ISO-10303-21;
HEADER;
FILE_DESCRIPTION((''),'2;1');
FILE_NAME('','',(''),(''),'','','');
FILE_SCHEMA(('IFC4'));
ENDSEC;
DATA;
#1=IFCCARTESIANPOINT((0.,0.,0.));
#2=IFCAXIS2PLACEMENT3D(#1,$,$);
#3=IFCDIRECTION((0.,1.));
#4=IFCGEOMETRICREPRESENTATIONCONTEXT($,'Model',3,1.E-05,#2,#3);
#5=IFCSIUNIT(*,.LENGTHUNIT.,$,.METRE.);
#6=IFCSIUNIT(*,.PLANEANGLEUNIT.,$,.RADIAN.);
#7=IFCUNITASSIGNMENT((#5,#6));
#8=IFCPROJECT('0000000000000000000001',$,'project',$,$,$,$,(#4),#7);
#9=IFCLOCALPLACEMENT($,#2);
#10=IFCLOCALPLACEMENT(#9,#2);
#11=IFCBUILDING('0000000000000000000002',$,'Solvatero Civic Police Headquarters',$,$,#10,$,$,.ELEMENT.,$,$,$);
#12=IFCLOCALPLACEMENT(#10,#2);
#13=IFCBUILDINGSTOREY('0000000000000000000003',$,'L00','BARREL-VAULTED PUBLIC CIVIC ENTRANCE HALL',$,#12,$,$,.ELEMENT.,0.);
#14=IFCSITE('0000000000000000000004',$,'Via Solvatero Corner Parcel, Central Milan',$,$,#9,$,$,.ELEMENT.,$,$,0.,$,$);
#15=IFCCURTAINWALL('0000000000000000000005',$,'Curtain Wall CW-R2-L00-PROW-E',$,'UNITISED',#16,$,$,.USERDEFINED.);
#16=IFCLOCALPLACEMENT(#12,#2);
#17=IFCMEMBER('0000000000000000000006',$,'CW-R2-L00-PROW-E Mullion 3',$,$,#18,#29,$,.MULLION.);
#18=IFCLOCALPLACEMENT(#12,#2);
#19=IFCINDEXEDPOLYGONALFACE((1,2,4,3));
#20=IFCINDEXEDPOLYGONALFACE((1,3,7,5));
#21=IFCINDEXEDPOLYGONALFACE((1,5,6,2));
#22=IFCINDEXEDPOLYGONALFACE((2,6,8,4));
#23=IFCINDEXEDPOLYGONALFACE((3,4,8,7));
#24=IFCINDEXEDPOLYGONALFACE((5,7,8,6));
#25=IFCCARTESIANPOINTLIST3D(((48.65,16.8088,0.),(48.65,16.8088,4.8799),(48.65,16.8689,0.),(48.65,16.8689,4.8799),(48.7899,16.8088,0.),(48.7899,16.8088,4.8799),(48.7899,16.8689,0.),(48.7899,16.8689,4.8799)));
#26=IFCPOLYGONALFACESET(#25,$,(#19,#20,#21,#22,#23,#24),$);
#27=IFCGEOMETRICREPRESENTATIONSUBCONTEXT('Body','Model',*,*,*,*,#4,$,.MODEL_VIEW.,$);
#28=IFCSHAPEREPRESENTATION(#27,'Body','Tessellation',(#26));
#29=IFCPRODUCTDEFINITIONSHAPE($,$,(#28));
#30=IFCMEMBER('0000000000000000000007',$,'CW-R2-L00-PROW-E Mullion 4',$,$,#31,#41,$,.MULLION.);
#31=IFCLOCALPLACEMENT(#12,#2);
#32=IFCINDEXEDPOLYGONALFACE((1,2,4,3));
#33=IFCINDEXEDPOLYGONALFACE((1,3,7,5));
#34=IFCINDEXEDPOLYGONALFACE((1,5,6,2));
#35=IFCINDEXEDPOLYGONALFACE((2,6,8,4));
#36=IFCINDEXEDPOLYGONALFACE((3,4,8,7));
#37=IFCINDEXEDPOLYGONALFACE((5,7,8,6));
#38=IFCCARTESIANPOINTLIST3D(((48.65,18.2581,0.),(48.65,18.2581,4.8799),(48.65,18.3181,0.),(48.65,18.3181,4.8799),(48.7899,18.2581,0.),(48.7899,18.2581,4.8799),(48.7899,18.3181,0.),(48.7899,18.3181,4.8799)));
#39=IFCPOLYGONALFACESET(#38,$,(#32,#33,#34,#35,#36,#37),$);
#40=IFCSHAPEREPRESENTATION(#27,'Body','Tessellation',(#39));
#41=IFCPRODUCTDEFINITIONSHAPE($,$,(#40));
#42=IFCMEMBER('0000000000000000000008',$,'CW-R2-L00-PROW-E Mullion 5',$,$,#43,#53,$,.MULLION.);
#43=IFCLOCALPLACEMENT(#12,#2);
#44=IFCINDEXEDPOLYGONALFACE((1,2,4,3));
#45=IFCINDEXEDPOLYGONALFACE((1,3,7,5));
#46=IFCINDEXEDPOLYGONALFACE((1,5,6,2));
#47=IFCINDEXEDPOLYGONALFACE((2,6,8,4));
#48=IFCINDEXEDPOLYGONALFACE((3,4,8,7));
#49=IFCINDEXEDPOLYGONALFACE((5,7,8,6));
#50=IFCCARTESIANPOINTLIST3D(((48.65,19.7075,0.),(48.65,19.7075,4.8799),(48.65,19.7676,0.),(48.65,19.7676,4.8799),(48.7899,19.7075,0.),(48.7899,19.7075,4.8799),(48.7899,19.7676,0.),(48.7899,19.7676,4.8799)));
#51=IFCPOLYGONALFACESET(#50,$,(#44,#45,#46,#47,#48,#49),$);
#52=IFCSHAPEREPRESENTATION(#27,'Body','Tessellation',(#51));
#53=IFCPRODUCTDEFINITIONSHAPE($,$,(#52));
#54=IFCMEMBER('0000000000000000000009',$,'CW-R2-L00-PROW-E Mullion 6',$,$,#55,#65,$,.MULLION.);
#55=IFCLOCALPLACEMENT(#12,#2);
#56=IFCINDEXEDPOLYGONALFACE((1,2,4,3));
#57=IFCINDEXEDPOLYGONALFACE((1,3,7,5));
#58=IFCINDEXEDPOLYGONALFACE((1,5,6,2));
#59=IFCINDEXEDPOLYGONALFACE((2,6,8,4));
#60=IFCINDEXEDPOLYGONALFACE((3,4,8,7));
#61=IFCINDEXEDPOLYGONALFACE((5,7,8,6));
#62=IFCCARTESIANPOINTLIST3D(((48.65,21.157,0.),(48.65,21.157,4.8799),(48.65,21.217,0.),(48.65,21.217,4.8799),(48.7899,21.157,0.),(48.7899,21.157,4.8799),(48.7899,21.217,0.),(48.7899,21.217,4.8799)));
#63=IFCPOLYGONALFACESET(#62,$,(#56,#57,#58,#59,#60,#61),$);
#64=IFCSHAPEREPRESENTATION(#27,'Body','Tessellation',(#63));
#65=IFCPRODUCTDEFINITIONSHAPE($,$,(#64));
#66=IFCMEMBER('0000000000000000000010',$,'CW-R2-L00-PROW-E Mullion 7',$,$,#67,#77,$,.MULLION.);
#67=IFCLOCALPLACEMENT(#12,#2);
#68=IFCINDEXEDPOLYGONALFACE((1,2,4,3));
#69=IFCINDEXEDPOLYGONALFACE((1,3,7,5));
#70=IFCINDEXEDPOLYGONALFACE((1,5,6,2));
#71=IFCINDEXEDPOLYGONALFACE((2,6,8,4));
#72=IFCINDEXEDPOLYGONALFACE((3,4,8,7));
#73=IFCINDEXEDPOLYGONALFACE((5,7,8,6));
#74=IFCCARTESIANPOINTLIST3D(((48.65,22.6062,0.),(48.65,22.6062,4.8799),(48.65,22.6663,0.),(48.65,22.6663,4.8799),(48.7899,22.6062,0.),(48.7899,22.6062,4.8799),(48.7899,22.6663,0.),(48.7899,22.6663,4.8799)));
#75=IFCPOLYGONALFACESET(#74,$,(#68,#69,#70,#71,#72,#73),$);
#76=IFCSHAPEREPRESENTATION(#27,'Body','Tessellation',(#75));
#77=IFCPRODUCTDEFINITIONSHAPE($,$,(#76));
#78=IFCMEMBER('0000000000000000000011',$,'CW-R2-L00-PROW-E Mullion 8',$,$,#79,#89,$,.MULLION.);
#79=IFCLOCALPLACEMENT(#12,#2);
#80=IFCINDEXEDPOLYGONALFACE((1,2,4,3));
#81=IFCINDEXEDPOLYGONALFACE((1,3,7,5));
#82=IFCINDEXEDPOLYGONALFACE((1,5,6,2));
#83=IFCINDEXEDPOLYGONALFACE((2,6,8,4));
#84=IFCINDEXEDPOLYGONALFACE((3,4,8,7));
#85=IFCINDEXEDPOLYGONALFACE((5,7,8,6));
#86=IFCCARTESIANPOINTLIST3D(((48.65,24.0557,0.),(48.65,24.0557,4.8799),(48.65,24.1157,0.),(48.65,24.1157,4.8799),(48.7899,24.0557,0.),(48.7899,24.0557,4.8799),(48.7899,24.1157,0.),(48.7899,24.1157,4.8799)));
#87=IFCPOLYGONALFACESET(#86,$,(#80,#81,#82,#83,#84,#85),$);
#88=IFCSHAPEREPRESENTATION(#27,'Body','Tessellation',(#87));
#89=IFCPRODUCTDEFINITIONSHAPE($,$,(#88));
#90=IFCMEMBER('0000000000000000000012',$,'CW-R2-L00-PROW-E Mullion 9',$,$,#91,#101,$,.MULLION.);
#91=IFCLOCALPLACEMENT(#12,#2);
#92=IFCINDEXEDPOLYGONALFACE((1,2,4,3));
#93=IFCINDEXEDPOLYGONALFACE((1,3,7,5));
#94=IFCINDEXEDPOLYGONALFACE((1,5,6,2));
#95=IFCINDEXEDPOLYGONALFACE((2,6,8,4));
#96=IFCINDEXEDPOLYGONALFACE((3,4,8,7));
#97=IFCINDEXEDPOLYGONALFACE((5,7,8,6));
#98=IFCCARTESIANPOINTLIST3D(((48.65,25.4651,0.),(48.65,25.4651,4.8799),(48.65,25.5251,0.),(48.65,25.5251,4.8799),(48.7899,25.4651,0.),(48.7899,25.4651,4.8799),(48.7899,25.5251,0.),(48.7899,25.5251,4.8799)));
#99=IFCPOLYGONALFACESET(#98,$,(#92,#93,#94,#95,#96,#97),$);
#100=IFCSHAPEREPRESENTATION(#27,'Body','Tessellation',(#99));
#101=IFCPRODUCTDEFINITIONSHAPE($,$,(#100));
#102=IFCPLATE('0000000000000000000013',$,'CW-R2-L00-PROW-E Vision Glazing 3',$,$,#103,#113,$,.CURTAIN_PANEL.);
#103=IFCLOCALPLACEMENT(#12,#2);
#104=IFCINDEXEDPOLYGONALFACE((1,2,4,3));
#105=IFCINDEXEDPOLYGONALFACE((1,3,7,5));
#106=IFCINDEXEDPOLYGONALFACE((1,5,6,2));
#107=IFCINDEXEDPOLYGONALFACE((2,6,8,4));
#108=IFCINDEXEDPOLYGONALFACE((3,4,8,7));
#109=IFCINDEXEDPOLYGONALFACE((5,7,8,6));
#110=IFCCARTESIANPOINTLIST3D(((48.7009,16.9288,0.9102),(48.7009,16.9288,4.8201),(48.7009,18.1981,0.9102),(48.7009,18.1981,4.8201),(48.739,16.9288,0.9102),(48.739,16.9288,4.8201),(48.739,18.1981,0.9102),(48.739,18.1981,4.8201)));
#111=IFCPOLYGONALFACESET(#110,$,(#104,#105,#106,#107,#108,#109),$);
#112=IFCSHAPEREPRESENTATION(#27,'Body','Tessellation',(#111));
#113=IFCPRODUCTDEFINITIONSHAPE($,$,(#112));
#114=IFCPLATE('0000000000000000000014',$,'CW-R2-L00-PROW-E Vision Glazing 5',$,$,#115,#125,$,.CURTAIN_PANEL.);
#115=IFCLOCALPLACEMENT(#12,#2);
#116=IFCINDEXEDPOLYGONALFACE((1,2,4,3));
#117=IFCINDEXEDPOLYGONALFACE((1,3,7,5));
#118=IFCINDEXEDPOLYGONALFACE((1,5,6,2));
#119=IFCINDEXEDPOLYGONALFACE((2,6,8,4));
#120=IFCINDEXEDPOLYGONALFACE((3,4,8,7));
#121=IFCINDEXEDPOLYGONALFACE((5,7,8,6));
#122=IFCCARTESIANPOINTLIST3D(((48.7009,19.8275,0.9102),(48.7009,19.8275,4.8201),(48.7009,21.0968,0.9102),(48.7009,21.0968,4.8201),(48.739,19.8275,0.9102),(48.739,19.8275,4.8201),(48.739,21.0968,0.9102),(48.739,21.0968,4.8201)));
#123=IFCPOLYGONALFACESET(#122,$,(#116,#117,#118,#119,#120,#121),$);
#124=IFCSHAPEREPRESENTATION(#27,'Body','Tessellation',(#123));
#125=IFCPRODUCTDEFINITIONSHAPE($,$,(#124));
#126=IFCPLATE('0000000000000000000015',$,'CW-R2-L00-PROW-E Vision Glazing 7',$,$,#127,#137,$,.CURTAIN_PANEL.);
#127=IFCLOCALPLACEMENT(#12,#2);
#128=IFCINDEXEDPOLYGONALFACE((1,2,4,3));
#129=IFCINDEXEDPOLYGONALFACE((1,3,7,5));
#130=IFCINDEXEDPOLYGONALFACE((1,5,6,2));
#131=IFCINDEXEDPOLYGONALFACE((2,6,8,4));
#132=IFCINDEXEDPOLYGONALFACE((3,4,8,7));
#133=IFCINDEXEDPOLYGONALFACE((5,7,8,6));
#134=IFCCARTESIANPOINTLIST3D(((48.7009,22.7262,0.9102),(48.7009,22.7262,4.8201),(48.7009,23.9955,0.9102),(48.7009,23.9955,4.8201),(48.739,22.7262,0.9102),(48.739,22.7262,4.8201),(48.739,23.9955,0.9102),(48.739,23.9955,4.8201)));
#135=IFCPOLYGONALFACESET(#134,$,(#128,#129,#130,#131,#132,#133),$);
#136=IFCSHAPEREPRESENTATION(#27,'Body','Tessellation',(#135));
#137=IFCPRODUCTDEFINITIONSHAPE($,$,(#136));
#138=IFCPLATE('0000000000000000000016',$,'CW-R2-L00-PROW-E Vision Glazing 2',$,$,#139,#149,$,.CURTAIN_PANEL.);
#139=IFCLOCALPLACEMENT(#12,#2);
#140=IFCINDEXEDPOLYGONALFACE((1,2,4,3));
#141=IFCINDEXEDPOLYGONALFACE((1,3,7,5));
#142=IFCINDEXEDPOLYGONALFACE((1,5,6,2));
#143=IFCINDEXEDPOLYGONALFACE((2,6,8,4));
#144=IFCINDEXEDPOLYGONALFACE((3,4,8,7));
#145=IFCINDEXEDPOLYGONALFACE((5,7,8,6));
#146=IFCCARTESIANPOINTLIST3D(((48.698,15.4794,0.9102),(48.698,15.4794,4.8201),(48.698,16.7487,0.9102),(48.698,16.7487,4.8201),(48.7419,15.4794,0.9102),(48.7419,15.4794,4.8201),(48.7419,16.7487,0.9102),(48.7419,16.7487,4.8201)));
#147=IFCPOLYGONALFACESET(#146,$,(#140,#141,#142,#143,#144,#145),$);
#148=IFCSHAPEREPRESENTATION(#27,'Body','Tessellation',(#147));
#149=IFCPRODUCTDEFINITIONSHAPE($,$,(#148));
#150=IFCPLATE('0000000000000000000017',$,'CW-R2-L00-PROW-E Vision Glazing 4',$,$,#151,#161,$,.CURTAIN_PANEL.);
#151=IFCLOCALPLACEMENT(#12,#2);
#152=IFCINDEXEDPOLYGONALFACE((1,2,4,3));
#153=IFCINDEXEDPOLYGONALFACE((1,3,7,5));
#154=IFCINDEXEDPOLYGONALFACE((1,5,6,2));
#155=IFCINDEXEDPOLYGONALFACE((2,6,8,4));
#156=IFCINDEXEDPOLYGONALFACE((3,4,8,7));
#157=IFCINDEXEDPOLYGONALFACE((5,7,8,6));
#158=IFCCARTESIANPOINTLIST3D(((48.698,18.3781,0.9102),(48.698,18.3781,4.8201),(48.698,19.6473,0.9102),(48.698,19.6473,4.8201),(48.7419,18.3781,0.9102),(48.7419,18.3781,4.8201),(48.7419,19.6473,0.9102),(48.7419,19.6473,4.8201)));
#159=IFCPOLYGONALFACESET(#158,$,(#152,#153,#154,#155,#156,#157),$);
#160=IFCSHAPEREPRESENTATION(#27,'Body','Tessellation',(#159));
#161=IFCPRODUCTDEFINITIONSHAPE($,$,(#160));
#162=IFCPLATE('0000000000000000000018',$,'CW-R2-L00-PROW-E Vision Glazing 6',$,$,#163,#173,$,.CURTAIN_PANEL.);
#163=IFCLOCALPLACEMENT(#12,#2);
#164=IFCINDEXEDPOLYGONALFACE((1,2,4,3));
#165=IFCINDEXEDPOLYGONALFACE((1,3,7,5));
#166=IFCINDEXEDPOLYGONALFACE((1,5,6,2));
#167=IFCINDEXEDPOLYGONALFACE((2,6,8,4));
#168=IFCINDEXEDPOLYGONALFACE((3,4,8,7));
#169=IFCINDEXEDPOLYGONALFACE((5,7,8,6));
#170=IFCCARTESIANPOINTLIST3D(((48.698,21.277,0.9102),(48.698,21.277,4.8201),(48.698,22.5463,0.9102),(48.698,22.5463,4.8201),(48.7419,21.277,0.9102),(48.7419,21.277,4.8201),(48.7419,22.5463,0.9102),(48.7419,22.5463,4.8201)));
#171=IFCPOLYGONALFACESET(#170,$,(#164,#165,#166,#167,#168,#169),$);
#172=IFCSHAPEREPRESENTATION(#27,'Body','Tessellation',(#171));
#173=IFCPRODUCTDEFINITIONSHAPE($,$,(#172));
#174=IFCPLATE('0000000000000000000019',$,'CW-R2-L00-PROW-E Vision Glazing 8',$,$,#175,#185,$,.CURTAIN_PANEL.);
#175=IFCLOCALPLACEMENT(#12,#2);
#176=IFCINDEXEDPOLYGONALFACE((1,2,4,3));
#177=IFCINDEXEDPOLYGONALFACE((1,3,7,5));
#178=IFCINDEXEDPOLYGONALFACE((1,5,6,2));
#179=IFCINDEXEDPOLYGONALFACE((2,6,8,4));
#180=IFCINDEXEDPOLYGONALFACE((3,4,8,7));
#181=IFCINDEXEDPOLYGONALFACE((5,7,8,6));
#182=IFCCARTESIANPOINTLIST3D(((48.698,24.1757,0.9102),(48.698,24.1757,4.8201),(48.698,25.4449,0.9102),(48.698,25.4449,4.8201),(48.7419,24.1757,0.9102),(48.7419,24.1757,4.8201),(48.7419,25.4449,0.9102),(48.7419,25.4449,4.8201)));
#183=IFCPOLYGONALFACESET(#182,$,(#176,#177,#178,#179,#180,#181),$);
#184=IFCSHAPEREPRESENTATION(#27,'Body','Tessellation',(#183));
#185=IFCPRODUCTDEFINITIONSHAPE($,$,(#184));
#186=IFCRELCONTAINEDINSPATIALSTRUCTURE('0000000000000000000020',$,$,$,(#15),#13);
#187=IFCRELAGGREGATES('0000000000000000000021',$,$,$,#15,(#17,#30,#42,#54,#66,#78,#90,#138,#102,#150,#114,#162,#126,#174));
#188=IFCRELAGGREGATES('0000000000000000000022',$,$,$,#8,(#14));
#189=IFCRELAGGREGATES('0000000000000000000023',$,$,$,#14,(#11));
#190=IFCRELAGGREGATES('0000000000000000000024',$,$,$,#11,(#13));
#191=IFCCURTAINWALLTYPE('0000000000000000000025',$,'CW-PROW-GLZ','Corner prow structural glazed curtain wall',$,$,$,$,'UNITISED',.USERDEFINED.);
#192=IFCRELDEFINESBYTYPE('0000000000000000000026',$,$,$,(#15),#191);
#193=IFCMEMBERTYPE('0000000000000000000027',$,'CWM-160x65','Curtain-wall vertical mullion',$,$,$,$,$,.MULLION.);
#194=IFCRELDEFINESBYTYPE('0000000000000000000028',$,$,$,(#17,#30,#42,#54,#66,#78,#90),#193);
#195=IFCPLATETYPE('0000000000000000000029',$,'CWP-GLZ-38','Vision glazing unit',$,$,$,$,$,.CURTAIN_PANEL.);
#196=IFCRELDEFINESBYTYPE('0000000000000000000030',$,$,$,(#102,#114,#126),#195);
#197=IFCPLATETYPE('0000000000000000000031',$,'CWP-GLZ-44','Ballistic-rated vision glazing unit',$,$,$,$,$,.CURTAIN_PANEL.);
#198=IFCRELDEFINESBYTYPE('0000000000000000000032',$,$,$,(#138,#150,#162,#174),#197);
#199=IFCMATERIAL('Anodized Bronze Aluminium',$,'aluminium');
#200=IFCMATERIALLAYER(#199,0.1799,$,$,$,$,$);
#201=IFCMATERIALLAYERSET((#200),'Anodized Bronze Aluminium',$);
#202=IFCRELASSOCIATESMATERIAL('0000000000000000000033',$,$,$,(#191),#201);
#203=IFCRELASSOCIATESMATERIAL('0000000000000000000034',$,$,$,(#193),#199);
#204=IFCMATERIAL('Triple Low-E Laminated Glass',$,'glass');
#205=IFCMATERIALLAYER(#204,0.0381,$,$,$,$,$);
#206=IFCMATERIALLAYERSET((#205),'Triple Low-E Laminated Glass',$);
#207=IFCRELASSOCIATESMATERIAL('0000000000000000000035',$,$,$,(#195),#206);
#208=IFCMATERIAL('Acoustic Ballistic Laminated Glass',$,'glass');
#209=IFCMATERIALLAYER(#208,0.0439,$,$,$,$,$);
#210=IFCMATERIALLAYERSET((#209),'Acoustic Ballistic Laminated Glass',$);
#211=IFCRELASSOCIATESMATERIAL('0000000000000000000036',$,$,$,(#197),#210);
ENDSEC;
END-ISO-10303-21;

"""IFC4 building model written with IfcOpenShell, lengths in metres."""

from ifc_helpers import new_model, si_unit, direction, frame, origin, origin_2d, place, context, subcontext, project, spatial, rectangle, extrude, material, layer, layer_set, material_profile, profile_set, type_object, element, aggregate, save


model = new_model("IFC4")

# Units and contexts
model_context = context("Model", 3, precision=1e-05, world=origin(), true_north=direction((0.0, 1.0)))
body_context = subcontext(model_context, "Body", "Model", "MODEL_VIEW")
ifc_project = project(units=[si_unit("LENGTHUNIT", "METRE"), si_unit("PLANEANGLEUNIT", "RADIAN")], contexts=[model_context])

# Site, building, storey
site_placement = place(None, origin())
site = spatial("IfcSite", under=ifc_project, at=site_placement, Name="Via Solvatero Corner Parcel, Central Milan", CompositionType="ELEMENT", RefElevation=0.0)
building_placement = place(site_placement, origin())
building = spatial("IfcBuilding", under=site, at=building_placement, Name="Solvatero Civic Police Headquarters", CompositionType="ELEMENT")
storey_placement = place(building_placement, origin())
storey = spatial("IfcBuildingStorey", under=building, at=storey_placement, Name="L00", Description="BARREL-VAULTED PUBLIC CIVIC ENTRANCE HALL", CompositionType="ELEMENT", Elevation=0.0)

# Curtain wall, members, plates
ifc_material_1 = material(Name="Anodized Bronze Aluminium", Category="aluminium")
ifc_layer_1 = layer(ifc_material_1, 0.1799)
ifc_layer_set_1 = layer_set([ifc_layer_1], Name="Anodized Bronze Aluminium")
curtain_wall_type = type_object("IfcCurtainWallType", Name="CW-PROW-GLZ", Description="Corner prow structural glazed curtain wall", ElementType="UNITISED", PredefinedType="USERDEFINED", material=ifc_layer_set_1)
curtain_wall_placement = place(storey_placement, origin())
curtain_wall = element("IfcCurtainWall", 1, at=curtain_wall_placement, inside=storey, type_object=curtain_wall_type, Name="Curtain Wall CW-R2-L00-PROW-E", ObjectType="UNITISED", PredefinedType="USERDEFINED")
ifc_material_profile = material_profile(ifc_material_1, rectangle(XDim=0.0601, YDim=0.1399, at=origin_2d()), Name="ALU MULLION 60x140")
ifc_profile_set = profile_set([ifc_material_profile], Name="Anodized Bronze Aluminium")
member_type = type_object("IfcMemberType", Name="CWM-160x65", Description="Curtain-wall vertical mullion", PredefinedType="MULLION", material=ifc_profile_set)
member_1_placement = place(storey_placement, frame((48.72, 16.8389, 0.0), z_axis=(0.0, 0.0, 1.0), x_axis=(0.0, 1.0, 0.0)))
member_1 = element("IfcMember", 2, at=member_1_placement, type_object=member_type, Name="CW-R2-L00-PROW-E Mullion 3", PredefinedType="MULLION", context=body_context, shape_type="SweptSolid", body=[
    extrude(rectangle(XDim=0.0601, YDim=0.1399, at=origin_2d()), origin(), (0.0, 0.0, 1.0), 4.8799),
])
member_2_placement = place(storey_placement, frame((48.72, 18.2881, 0.0), z_axis=(0.0, 0.0, 1.0), x_axis=(0.0, 1.0, 0.0)))
member_2 = element("IfcMember", 3, at=member_2_placement, type_object=member_type, Name="CW-R2-L00-PROW-E Mullion 4", PredefinedType="MULLION", context=body_context, shape_type="SweptSolid", body=[
    extrude(rectangle(XDim=0.0601, YDim=0.1399, at=origin_2d()), origin(), (0.0, 0.0, 1.0), 4.8799),
])
member_3_placement = place(storey_placement, frame((48.72, 19.7375, 0.0), z_axis=(0.0, 0.0, 1.0), x_axis=(0.0, 1.0, 0.0)))
member_3 = element("IfcMember", 4, at=member_3_placement, type_object=member_type, Name="CW-R2-L00-PROW-E Mullion 5", PredefinedType="MULLION", context=body_context, shape_type="SweptSolid", body=[
    extrude(rectangle(XDim=0.0601, YDim=0.1399, at=origin_2d()), origin(), (0.0, 0.0, 1.0), 4.8799),
])
member_4_placement = place(storey_placement, frame((48.72, 21.187, 0.0), z_axis=(0.0, 0.0, 1.0), x_axis=(0.0, 1.0, 0.0)))
member_4 = element("IfcMember", 5, at=member_4_placement, type_object=member_type, Name="CW-R2-L00-PROW-E Mullion 6", PredefinedType="MULLION", context=body_context, shape_type="SweptSolid", body=[
    extrude(rectangle(XDim=0.0601, YDim=0.1399, at=origin_2d()), origin(), (0.0, 0.0, 1.0), 4.8799),
])
member_5_placement = place(storey_placement, frame((48.72, 22.6362, 0.0), z_axis=(0.0, 0.0, 1.0), x_axis=(0.0, 1.0, 0.0)))
member_5 = element("IfcMember", 6, at=member_5_placement, type_object=member_type, Name="CW-R2-L00-PROW-E Mullion 7", PredefinedType="MULLION", context=body_context, shape_type="SweptSolid", body=[
    extrude(rectangle(XDim=0.0601, YDim=0.1399, at=origin_2d()), origin(), (0.0, 0.0, 1.0), 4.8799),
])
member_6_placement = place(storey_placement, frame((48.72, 24.0857, 0.0), z_axis=(0.0, 0.0, 1.0), x_axis=(0.0, 1.0, 0.0)))
member_6 = element("IfcMember", 7, at=member_6_placement, type_object=member_type, Name="CW-R2-L00-PROW-E Mullion 8", PredefinedType="MULLION", context=body_context, shape_type="SweptSolid", body=[
    extrude(rectangle(XDim=0.0601, YDim=0.1399, at=origin_2d()), origin(), (0.0, 0.0, 1.0), 4.8799),
])
member_7_placement = place(storey_placement, frame((48.72, 25.4951, 0.0), z_axis=(0.0, 0.0, 1.0), x_axis=(0.0, 1.0, 0.0)))
member_7 = element("IfcMember", 8, at=member_7_placement, type_object=member_type, Name="CW-R2-L00-PROW-E Mullion 9", PredefinedType="MULLION", context=body_context, shape_type="SweptSolid", body=[
    extrude(rectangle(XDim=0.0601, YDim=0.1399, at=origin_2d()), origin(), (0.0, 0.0, 1.0), 4.8799),
])
ifc_material_2 = material(Name="Triple Low-E Laminated Glass", Category="glass")
ifc_layer_2 = layer(ifc_material_2, 0.0381)
ifc_layer_set_2 = layer_set([ifc_layer_2], Name="Triple Low-E Laminated Glass")
plate_type_1 = type_object("IfcPlateType", Name="CWP-GLZ-38", Description="Vision glazing unit", PredefinedType="CURTAIN_PANEL", material=ifc_layer_set_2)
plate_1_placement = place(storey_placement, frame((48.72, 17.5635, 0.9102), z_axis=(0.0, 0.0, 1.0), x_axis=(0.0, 1.0, 0.0)))
plate_1 = element("IfcPlate", 9, at=plate_1_placement, type_object=plate_type_1, Name="CW-R2-L00-PROW-E Vision Glazing 3", PredefinedType="CURTAIN_PANEL", context=body_context, shape_type="SweptSolid", body=[
    extrude(rectangle(XDim=1.2693, YDim=0.0381, at=origin_2d()), origin(), (0.0, 0.0, 1.0), 3.9099),
])
plate_2_placement = place(storey_placement, frame((48.72, 20.4622, 0.9102), z_axis=(0.0, 0.0, 1.0), x_axis=(0.0, 1.0, 0.0)))
plate_2 = element("IfcPlate", 10, at=plate_2_placement, type_object=plate_type_1, Name="CW-R2-L00-PROW-E Vision Glazing 5", PredefinedType="CURTAIN_PANEL", context=body_context, shape_type="SweptSolid", body=[
    extrude(rectangle(XDim=1.2693, YDim=0.0381, at=origin_2d()), origin(), (0.0, 0.0, 1.0), 3.9099),
])
plate_3_placement = place(storey_placement, frame((48.72, 23.3608, 0.9102), z_axis=(0.0, 0.0, 1.0), x_axis=(0.0, 1.0, 0.0)))
plate_3 = element("IfcPlate", 11, at=plate_3_placement, type_object=plate_type_1, Name="CW-R2-L00-PROW-E Vision Glazing 7", PredefinedType="CURTAIN_PANEL", context=body_context, shape_type="SweptSolid", body=[
    extrude(rectangle(XDim=1.2693, YDim=0.0381, at=origin_2d()), origin(), (0.0, 0.0, 1.0), 3.9099),
])
ifc_material_3 = material(Name="Acoustic Ballistic Laminated Glass", Category="glass")
ifc_layer_3 = layer(ifc_material_3, 0.0439)
ifc_layer_set_3 = layer_set([ifc_layer_3], Name="Acoustic Ballistic Laminated Glass")
plate_type_2 = type_object("IfcPlateType", Name="CWP-GLZ-44", Description="Ballistic-rated vision glazing unit", PredefinedType="CURTAIN_PANEL", material=ifc_layer_set_3)
plate_4_placement = place(storey_placement, frame((48.72, 16.114, 0.9102), z_axis=(0.0, 0.0, 1.0), x_axis=(0.0, 1.0, 0.0)))
plate_4 = element("IfcPlate", 12, at=plate_4_placement, type_object=plate_type_2, Name="CW-R2-L00-PROW-E Vision Glazing 2", PredefinedType="CURTAIN_PANEL", context=body_context, shape_type="SweptSolid", body=[
    extrude(rectangle(XDim=1.2693, YDim=0.0439, at=origin_2d()), origin(), (0.0, 0.0, 1.0), 3.9099),
])
plate_5_placement = place(storey_placement, frame((48.72, 19.0127, 0.9102), z_axis=(0.0, 0.0, 1.0), x_axis=(0.0, 1.0, 0.0)))
plate_5 = element("IfcPlate", 13, at=plate_5_placement, type_object=plate_type_2, Name="CW-R2-L00-PROW-E Vision Glazing 4", PredefinedType="CURTAIN_PANEL", context=body_context, shape_type="SweptSolid", body=[
    extrude(rectangle(XDim=1.2693, YDim=0.0439, at=origin_2d()), origin(), (0.0, 0.0, 1.0), 3.9099),
])
plate_6_placement = place(storey_placement, frame((48.72, 21.9116, 0.9102), z_axis=(0.0, 0.0, 1.0), x_axis=(0.0, 1.0, 0.0)))
plate_6 = element("IfcPlate", 14, at=plate_6_placement, type_object=plate_type_2, Name="CW-R2-L00-PROW-E Vision Glazing 6", PredefinedType="CURTAIN_PANEL", context=body_context, shape_type="SweptSolid", body=[
    extrude(rectangle(XDim=1.2693, YDim=0.0439, at=origin_2d()), origin(), (0.0, 0.0, 1.0), 3.9099),
])
plate_7_placement = place(storey_placement, frame((48.72, 24.8103, 0.9102), z_axis=(0.0, 0.0, 1.0), x_axis=(0.0, 1.0, 0.0)))
plate_7 = element("IfcPlate", 15, at=plate_7_placement, type_object=plate_type_2, Name="CW-R2-L00-PROW-E Vision Glazing 8", PredefinedType="CURTAIN_PANEL", context=body_context, shape_type="SweptSolid", body=[
    extrude(rectangle(XDim=1.2693, YDim=0.0439, at=origin_2d()), origin(), (0.0, 0.0, 1.0), 3.9099),
])
aggregate(curtain_wall, [member_1, member_2, member_3, member_4, member_5, member_6, member_7, plate_4, plate_1, plate_5, plate_2, plate_6, plate_3, plate_7])

save(model, "model.ifc")
